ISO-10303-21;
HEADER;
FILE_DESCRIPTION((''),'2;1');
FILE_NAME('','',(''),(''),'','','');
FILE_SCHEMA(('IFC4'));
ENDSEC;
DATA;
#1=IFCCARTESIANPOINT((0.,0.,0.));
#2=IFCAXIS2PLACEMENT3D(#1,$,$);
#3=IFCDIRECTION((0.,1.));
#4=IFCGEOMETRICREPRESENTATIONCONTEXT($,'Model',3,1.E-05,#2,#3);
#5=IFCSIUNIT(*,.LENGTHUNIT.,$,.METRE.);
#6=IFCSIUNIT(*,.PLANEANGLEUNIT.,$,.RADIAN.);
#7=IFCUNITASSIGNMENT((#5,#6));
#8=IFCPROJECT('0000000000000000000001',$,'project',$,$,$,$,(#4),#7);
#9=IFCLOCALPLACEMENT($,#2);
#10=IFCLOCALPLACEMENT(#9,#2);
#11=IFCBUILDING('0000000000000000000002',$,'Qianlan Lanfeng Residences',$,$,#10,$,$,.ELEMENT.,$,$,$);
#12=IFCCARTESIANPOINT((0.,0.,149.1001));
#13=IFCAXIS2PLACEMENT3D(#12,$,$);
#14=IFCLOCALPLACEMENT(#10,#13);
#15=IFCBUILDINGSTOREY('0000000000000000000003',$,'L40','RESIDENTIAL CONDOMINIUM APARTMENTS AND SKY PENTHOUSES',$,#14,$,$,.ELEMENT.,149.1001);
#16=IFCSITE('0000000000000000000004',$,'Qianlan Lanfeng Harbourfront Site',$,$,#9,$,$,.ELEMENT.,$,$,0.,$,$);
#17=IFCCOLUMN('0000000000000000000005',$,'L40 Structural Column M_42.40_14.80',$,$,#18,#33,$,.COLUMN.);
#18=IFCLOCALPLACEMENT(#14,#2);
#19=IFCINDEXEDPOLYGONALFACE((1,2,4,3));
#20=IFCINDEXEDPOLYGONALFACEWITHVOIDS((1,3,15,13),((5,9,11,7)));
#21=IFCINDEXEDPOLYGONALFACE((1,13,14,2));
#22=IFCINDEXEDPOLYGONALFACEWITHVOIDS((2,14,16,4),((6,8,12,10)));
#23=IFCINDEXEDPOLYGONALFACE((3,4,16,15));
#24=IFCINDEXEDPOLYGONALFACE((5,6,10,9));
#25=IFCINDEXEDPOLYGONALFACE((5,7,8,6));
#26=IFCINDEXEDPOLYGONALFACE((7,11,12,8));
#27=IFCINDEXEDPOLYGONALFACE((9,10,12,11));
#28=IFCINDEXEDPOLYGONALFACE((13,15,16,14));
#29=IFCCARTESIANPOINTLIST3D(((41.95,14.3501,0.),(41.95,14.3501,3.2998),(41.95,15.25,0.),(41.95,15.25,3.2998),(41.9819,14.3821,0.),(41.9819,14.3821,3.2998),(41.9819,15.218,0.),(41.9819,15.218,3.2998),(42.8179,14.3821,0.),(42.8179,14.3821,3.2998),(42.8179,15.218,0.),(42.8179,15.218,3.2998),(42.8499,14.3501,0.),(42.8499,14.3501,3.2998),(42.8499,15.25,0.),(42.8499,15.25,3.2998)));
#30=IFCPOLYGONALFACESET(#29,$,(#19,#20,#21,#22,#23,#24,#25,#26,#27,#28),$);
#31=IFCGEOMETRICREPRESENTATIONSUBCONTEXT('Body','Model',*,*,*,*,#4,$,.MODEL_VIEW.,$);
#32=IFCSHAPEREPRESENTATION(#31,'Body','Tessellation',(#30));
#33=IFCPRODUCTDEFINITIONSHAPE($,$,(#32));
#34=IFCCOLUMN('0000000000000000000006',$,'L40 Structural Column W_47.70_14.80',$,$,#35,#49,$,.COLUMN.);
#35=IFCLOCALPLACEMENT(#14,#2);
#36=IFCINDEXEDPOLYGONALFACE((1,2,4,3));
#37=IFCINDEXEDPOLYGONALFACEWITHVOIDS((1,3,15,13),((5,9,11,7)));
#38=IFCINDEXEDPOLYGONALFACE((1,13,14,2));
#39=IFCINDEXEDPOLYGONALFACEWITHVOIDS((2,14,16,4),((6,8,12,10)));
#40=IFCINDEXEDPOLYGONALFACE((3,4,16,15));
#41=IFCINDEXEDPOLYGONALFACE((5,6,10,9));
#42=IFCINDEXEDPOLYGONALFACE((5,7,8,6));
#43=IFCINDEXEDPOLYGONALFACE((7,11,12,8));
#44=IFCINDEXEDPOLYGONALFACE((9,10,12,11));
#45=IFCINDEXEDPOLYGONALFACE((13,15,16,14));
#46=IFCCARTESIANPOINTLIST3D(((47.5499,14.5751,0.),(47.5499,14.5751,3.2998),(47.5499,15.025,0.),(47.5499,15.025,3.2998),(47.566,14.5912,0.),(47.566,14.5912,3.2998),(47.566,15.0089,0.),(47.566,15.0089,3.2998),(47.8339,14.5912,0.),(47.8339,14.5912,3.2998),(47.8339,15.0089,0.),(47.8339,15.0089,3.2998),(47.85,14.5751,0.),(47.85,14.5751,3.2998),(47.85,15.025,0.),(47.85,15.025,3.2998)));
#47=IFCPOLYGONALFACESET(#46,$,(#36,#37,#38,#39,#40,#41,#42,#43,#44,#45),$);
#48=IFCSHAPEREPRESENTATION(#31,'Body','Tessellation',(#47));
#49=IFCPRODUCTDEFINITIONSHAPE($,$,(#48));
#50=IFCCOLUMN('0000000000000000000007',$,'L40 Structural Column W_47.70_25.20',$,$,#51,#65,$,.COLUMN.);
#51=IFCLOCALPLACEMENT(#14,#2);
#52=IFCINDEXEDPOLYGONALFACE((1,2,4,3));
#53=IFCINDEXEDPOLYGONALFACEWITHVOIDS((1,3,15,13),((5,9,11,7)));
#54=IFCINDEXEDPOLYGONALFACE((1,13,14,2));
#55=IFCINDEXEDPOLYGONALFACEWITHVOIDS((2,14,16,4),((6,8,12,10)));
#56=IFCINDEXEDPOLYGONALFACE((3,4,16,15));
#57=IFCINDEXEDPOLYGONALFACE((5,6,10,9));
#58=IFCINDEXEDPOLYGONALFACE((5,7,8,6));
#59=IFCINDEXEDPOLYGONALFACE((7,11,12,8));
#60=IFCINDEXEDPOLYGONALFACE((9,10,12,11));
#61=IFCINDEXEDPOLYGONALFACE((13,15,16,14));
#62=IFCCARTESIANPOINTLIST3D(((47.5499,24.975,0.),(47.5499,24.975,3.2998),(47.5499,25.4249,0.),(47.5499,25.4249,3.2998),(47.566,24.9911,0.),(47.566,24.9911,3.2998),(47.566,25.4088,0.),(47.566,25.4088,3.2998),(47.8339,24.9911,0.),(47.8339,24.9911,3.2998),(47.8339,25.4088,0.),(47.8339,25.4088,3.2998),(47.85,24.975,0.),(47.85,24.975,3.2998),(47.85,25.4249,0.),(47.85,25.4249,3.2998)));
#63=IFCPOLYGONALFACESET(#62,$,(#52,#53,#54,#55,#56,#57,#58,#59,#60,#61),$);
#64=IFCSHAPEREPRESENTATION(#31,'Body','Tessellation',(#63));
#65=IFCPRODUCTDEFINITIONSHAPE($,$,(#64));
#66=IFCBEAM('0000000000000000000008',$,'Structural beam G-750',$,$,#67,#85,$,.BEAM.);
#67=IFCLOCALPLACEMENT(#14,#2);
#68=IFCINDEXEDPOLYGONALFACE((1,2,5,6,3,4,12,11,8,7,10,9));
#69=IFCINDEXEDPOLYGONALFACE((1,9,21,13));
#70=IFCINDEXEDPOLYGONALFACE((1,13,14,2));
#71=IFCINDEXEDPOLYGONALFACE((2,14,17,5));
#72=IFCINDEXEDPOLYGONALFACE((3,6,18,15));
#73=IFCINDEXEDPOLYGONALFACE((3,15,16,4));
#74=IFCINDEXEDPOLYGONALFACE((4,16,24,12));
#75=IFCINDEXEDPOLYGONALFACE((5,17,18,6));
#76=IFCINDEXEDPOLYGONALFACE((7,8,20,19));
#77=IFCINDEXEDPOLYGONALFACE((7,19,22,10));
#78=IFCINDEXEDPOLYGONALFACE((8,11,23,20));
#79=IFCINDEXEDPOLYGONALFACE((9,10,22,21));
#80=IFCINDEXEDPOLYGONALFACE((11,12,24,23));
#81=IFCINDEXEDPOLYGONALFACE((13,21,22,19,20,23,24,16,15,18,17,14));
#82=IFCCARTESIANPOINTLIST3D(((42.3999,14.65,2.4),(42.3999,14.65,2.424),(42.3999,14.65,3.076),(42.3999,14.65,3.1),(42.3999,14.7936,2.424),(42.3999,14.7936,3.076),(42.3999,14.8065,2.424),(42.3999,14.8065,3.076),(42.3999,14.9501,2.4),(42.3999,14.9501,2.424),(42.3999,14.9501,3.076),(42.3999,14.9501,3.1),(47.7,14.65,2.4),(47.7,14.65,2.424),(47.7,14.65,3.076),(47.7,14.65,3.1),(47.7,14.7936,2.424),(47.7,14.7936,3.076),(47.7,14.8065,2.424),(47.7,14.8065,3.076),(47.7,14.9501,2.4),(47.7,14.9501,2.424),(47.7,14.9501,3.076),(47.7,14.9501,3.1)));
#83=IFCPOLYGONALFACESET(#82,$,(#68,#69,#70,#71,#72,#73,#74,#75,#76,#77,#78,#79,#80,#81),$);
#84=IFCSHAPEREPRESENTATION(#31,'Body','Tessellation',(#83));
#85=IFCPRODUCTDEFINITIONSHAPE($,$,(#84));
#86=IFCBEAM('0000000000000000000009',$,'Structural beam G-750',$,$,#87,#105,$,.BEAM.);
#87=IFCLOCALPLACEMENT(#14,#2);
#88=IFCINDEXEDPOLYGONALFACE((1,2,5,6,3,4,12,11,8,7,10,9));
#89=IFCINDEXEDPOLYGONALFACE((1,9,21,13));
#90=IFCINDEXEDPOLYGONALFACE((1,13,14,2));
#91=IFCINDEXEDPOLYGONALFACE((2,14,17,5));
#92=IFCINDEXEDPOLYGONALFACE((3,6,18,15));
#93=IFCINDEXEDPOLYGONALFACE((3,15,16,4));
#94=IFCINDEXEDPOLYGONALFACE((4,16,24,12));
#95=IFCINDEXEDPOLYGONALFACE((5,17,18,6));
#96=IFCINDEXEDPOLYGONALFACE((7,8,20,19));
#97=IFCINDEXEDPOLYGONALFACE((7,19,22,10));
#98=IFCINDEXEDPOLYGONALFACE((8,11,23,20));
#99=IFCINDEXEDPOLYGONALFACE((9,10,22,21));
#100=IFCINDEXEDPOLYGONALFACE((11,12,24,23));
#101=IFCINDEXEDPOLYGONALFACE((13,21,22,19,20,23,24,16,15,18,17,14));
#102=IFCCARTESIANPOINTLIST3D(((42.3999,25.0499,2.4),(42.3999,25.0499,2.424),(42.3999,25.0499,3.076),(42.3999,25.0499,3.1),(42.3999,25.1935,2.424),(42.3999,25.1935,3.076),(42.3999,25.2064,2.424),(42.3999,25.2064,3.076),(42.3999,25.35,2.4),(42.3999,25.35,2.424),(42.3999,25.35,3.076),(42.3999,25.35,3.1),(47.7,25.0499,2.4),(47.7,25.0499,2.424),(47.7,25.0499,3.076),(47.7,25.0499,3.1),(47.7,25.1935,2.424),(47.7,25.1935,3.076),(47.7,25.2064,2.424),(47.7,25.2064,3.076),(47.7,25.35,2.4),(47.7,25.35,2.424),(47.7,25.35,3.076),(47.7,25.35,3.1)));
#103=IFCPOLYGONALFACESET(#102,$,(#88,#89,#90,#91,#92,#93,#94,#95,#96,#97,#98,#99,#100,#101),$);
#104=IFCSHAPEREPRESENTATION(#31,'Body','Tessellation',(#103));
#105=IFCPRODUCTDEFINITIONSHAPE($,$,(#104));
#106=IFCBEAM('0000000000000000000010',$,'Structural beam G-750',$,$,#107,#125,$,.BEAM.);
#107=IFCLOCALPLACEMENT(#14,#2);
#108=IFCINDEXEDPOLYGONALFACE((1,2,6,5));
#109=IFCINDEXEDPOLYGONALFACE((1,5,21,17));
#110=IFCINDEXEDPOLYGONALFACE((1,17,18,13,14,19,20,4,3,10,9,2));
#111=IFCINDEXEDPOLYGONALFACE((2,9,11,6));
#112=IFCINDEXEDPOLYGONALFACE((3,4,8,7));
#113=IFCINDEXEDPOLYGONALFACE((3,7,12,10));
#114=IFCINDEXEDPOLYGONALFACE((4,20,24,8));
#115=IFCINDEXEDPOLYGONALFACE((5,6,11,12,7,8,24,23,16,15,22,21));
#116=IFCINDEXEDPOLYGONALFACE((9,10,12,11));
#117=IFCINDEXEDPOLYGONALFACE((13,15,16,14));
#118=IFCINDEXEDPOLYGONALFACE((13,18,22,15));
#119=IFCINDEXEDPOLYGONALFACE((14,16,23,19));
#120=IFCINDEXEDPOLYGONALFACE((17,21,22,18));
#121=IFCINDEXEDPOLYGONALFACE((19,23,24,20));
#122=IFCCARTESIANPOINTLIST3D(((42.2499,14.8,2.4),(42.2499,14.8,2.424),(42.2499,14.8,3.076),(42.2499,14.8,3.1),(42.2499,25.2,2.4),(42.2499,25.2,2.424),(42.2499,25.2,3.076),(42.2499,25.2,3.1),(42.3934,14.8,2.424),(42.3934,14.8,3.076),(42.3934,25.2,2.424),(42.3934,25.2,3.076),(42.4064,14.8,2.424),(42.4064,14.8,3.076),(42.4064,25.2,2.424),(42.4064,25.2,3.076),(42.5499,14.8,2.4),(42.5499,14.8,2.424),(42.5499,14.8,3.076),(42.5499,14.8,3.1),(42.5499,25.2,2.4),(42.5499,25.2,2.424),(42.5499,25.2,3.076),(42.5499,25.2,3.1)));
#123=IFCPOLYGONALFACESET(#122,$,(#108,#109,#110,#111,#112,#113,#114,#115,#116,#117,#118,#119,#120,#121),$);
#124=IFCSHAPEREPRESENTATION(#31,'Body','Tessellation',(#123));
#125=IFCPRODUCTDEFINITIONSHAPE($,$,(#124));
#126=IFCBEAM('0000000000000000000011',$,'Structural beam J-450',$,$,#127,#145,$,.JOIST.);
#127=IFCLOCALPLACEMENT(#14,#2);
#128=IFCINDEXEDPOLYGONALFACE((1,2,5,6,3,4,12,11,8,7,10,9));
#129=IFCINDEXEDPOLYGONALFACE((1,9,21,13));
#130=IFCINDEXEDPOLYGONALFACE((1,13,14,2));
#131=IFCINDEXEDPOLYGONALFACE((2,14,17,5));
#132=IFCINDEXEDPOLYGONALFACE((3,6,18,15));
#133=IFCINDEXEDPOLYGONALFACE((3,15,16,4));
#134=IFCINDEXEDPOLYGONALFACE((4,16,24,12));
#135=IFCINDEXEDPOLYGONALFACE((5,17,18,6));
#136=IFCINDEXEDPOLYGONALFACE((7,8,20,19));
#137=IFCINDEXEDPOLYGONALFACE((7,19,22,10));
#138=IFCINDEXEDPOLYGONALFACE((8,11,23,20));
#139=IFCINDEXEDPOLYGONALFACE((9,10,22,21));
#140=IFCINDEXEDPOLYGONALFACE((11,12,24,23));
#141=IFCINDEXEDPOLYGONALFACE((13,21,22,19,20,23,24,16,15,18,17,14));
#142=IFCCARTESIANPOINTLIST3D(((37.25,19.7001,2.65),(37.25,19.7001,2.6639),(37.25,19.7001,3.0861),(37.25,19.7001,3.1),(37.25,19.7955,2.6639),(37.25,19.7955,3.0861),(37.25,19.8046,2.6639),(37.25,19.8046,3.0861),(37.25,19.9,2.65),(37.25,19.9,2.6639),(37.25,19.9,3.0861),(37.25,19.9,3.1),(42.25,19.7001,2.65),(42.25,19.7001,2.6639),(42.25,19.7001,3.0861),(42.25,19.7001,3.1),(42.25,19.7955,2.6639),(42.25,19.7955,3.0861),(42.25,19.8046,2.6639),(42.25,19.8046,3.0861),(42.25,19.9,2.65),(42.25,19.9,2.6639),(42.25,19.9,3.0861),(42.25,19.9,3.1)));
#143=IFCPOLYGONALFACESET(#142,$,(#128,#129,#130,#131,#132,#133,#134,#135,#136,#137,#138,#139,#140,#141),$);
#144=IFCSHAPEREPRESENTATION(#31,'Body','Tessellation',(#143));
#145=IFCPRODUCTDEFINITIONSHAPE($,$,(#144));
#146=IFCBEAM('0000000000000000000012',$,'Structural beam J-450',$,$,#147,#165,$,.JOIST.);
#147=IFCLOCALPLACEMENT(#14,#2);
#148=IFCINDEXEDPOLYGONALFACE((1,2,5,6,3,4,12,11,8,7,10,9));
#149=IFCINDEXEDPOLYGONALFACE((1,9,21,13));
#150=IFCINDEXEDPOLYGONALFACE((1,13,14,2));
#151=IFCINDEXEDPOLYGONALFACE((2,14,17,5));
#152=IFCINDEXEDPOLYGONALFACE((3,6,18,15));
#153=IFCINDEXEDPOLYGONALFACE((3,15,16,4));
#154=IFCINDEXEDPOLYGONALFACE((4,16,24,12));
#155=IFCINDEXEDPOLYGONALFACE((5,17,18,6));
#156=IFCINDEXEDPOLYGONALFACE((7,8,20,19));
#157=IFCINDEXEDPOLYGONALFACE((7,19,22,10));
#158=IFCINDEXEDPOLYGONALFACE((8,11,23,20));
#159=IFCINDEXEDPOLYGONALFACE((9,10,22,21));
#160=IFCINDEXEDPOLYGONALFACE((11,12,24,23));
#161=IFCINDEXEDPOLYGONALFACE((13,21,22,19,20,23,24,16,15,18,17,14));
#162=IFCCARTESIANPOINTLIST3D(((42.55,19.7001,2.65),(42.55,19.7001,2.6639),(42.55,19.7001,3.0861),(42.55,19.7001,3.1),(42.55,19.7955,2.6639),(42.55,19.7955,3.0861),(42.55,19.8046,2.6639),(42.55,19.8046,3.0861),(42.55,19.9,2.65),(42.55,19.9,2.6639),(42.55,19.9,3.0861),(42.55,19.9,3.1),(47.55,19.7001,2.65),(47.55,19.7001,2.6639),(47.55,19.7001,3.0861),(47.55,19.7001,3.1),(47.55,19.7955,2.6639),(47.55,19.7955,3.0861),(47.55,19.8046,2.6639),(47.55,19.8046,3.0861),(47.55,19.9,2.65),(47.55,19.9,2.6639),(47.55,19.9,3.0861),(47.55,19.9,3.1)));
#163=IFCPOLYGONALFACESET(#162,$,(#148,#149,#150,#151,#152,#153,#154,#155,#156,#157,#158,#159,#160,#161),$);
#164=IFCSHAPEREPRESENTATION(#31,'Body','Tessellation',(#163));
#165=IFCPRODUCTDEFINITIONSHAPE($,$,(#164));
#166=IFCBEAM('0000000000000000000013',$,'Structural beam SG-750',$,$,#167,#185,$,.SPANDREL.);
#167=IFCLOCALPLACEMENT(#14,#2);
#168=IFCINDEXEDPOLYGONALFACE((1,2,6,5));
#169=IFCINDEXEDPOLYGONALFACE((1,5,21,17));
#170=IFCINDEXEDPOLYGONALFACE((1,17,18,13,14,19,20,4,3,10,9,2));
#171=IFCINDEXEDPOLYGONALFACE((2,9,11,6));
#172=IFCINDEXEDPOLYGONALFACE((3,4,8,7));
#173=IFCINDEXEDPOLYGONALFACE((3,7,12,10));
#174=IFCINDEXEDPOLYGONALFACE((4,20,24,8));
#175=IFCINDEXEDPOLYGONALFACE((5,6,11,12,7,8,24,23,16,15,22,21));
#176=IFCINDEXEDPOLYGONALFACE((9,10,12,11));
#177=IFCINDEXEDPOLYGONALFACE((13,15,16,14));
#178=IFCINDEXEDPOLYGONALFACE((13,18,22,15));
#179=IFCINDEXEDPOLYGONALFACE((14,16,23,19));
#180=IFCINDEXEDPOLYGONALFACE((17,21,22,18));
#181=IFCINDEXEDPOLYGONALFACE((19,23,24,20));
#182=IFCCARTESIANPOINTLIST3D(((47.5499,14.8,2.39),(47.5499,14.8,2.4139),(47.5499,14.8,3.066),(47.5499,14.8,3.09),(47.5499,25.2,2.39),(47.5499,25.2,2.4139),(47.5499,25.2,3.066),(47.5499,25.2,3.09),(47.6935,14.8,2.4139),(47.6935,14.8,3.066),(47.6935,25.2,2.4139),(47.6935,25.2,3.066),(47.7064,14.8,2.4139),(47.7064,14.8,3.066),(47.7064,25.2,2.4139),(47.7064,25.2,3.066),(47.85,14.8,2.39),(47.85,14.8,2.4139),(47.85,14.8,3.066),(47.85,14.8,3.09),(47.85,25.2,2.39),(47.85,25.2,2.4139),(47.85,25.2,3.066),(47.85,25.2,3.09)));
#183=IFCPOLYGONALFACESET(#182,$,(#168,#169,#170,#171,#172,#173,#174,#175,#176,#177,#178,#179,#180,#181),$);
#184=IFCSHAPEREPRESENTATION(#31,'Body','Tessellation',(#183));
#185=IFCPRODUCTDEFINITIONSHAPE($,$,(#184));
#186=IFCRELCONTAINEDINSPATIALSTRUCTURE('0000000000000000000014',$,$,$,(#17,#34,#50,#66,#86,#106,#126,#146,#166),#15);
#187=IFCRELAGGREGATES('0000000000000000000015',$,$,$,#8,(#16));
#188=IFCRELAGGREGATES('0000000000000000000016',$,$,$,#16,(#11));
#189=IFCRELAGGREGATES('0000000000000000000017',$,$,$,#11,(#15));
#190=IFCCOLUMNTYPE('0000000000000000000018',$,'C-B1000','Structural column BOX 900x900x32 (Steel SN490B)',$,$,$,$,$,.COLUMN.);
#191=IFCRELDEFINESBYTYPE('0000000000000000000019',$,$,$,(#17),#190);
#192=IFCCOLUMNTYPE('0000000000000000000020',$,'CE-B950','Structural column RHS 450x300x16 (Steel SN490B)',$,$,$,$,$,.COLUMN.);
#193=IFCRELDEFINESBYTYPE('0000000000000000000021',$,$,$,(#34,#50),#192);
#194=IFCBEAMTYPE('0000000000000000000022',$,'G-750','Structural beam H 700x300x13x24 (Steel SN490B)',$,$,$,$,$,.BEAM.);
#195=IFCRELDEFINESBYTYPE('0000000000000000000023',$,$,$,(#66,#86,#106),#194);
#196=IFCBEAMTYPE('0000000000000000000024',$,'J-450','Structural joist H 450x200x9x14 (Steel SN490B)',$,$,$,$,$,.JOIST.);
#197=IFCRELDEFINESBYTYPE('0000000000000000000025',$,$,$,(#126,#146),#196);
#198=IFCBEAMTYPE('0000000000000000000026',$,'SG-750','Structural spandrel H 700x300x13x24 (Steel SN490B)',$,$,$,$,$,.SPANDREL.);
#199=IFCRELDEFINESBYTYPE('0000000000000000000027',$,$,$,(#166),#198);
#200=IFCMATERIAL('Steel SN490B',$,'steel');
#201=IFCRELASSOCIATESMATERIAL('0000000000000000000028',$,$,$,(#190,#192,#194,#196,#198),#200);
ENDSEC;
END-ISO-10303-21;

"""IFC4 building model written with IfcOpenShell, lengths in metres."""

from ifc_helpers import new_model, si_unit, direction, frame, origin, origin_2d, place, context, subcontext, project, spatial, hollow_rectangle, i_section, extrude, material, material_profile, profile_set, type_object, element, save


model = new_model("IFC4")

# Units and contexts
model_context = context("Model", 3, precision=1e-05, world=origin(), true_north=direction((0.0, 1.0)))
body_context = subcontext(model_context, "Body", "Model", "MODEL_VIEW")
ifc_project = project(units=[si_unit("LENGTHUNIT", "METRE"), si_unit("PLANEANGLEUNIT", "RADIAN")], contexts=[model_context])

# Site, building, storey
site_placement = place(None, origin())
site = spatial("IfcSite", under=ifc_project, at=site_placement, Name="Qianlan Lanfeng Harbourfront Site", CompositionType="ELEMENT", RefElevation=0.0)
building_placement = place(site_placement, origin())
building = spatial("IfcBuilding", under=site, at=building_placement, Name="Qianlan Lanfeng Residences", CompositionType="ELEMENT")
storey_placement = place(building_placement, frame((0.0, 0.0, 149.1001)))
storey = spatial("IfcBuildingStorey", under=building, at=storey_placement, Name="L40", Description="RESIDENTIAL CONDOMINIUM APARTMENTS AND SKY PENTHOUSES", CompositionType="ELEMENT", Elevation=149.1001)

# Columns
ifc_material_1 = material(Name="Steel SN490B", Category="steel")
ifc_material_profile_1 = material_profile(ifc_material_1, hollow_rectangle(XDim=0.8999, YDim=0.8999, WallThickness=0.032, at=origin_2d()), Name="BOX 900x900x32")
ifc_profile_set_1 = profile_set([ifc_material_profile_1], Name="Steel SN490B")
column_type_1 = type_object("IfcColumnType", Name="C-B1000", Description="Structural column BOX 900x900x32 (Steel SN490B)", PredefinedType="COLUMN", material=ifc_profile_set_1)
column_placement = place(storey_placement, frame((42.3999, 14.8, 0.0), z_axis=(0.0, 0.0, 1.0), x_axis=(1.0, 0.0, 0.0)))
element("IfcColumn", 1, at=column_placement, inside=storey, type_object=column_type_1, Name="L40 Structural Column M_42.40_14.80", PredefinedType="COLUMN", context=body_context, shape_type="SweptSolid", body=[
    extrude(hollow_rectangle(XDim=0.8999, YDim=0.8999, WallThickness=0.032, at=origin_2d()), origin(), (0.0, 0.0, 1.0), 3.2998),
])
ifc_material_profile_2 = material_profile(ifc_material_1, hollow_rectangle(XDim=0.3, YDim=0.45, WallThickness=0.0161, at=origin_2d()), Name="RHS 450x300x16")
ifc_profile_set_2 = profile_set([ifc_material_profile_2], Name="Steel SN490B")
column_type_2 = type_object("IfcColumnType", Name="CE-B950", Description="Structural column RHS 450x300x16 (Steel SN490B)", PredefinedType="COLUMN", material=ifc_profile_set_2)
for number, where, z_axis, x_axis, name in (
    (2, (47.7, 14.8, 0.0), (0.0, 0.0, 1.0), (1.0, 0.0, 0.0), "L40 Structural Column W_47.70_14.80"),
    (3, (47.7, 25.2, 0.0), (0.0, 0.0, 1.0), (1.0, 0.0, 0.0), "L40 Structural Column W_47.70_25.20"),
):
    element("IfcColumn", number, at=place(storey_placement, frame(where, z_axis=z_axis, x_axis=x_axis)), inside=storey, type_object=column_type_2, Name=name, PredefinedType="COLUMN", context=body_context, shape_type="SweptSolid", body=[
        extrude(hollow_rectangle(XDim=0.3, YDim=0.45, WallThickness=0.0161, at=origin_2d()), origin(), (0.0, 0.0, 1.0), 3.2998),
    ])

# Beams
ifc_material_profile_3 = material_profile(ifc_material_1, i_section(OverallWidth=0.3, OverallDepth=0.7, WebThickness=0.0129, FlangeThickness=0.0239, at=origin_2d()), Name="H 700x300x13x24")
ifc_profile_set_3 = profile_set([ifc_material_profile_3], Name="Steel SN490B")
beam_type_1 = type_object("IfcBeamType", Name="G-750", Description="Structural beam H 700x300x13x24 (Steel SN490B)", PredefinedType="BEAM", material=ifc_profile_set_3)
for number, where, z_axis, x_axis, name in (
    (4, (42.3999, 14.8, 2.75), (1.0, 0.0, 0.0), (0.0, 1.0, 0.0), "Structural beam G-750"),
    (5, (42.3999, 25.2, 2.75), (1.0, 0.0, 0.0), (0.0, 1.0, 0.0), "Structural beam G-750"),
):
    element("IfcBeam", number, at=place(storey_placement, frame(where, z_axis=z_axis, x_axis=x_axis)), inside=storey, type_object=beam_type_1, Name=name, PredefinedType="BEAM", context=body_context, shape_type="SweptSolid", body=[
        extrude(i_section(OverallWidth=0.3, OverallDepth=0.7, WebThickness=0.0129, FlangeThickness=0.0239, at=origin_2d()), origin(), (0.0, 0.0, 1.0), 5.3),
    ])
beam_1_placement = place(storey_placement, frame((42.3999, 14.8, 2.75), z_axis=(0.0, 1.0, 0.0), x_axis=(-1.0, 0.0, 0.0)))
element("IfcBeam", 6, at=beam_1_placement, inside=storey, type_object=beam_type_1, Name="Structural beam G-750", PredefinedType="BEAM", context=body_context, shape_type="SweptSolid", body=[
    extrude(i_section(OverallWidth=0.3, OverallDepth=0.7, WebThickness=0.0129, FlangeThickness=0.0239, at=origin_2d()), origin(), (0.0, 0.0, 1.0), 10.3999),
])
ifc_material_profile_4 = material_profile(ifc_material_1, i_section(OverallWidth=0.2, OverallDepth=0.45, WebThickness=0.009, FlangeThickness=0.0139, at=origin_2d()), Name="H 450x200x9x14")
ifc_profile_set_4 = profile_set([ifc_material_profile_4], Name="Steel SN490B")
beam_type_2 = type_object("IfcBeamType", Name="J-450", Description="Structural joist H 450x200x9x14 (Steel SN490B)", PredefinedType="JOIST", material=ifc_profile_set_4)
for number, where, z_axis, x_axis, name in (
    (7, (37.25, 19.8, 2.875), (1.0, 0.0, 0.0), (0.0, 1.0, 0.0), "Structural beam J-450"),
    (8, (42.55, 19.8, 2.875), (1.0, 0.0, 0.0), (0.0, 1.0, 0.0), "Structural beam J-450"),
):
    element("IfcBeam", number, at=place(storey_placement, frame(where, z_axis=z_axis, x_axis=x_axis)), inside=storey, type_object=beam_type_2, Name=name, PredefinedType="JOIST", context=body_context, shape_type="SweptSolid", body=[
        extrude(i_section(OverallWidth=0.2, OverallDepth=0.45, WebThickness=0.009, FlangeThickness=0.0139, at=origin_2d()), origin(), (0.0, 0.0, 1.0), 5.0),
    ])
ifc_material_profile_5 = material_profile(ifc_material_1, i_section(OverallWidth=0.3, OverallDepth=0.7, WebThickness=0.0129, FlangeThickness=0.0239, at=origin_2d()), Name="H 700x300x13x24")
ifc_profile_set_5 = profile_set([ifc_material_profile_5], Name="Steel SN490B")
beam_type_3 = type_object("IfcBeamType", Name="SG-750", Description="Structural spandrel H 700x300x13x24 (Steel SN490B)", PredefinedType="SPANDREL", material=ifc_profile_set_5)
beam_2_placement = place(storey_placement, frame((47.7, 14.8, 2.74), z_axis=(0.0, 1.0, 0.0), x_axis=(-1.0, 0.0, 0.0)))
element("IfcBeam", 9, at=beam_2_placement, inside=storey, type_object=beam_type_3, Name="Structural beam SG-750", PredefinedType="SPANDREL", context=body_context, shape_type="SweptSolid", body=[
    extrude(i_section(OverallWidth=0.3, OverallDepth=0.7, WebThickness=0.0129, FlangeThickness=0.0239, at=origin_2d()), origin(), (0.0, 0.0, 1.0), 10.3999),
])

save(model, "model.ifc")
